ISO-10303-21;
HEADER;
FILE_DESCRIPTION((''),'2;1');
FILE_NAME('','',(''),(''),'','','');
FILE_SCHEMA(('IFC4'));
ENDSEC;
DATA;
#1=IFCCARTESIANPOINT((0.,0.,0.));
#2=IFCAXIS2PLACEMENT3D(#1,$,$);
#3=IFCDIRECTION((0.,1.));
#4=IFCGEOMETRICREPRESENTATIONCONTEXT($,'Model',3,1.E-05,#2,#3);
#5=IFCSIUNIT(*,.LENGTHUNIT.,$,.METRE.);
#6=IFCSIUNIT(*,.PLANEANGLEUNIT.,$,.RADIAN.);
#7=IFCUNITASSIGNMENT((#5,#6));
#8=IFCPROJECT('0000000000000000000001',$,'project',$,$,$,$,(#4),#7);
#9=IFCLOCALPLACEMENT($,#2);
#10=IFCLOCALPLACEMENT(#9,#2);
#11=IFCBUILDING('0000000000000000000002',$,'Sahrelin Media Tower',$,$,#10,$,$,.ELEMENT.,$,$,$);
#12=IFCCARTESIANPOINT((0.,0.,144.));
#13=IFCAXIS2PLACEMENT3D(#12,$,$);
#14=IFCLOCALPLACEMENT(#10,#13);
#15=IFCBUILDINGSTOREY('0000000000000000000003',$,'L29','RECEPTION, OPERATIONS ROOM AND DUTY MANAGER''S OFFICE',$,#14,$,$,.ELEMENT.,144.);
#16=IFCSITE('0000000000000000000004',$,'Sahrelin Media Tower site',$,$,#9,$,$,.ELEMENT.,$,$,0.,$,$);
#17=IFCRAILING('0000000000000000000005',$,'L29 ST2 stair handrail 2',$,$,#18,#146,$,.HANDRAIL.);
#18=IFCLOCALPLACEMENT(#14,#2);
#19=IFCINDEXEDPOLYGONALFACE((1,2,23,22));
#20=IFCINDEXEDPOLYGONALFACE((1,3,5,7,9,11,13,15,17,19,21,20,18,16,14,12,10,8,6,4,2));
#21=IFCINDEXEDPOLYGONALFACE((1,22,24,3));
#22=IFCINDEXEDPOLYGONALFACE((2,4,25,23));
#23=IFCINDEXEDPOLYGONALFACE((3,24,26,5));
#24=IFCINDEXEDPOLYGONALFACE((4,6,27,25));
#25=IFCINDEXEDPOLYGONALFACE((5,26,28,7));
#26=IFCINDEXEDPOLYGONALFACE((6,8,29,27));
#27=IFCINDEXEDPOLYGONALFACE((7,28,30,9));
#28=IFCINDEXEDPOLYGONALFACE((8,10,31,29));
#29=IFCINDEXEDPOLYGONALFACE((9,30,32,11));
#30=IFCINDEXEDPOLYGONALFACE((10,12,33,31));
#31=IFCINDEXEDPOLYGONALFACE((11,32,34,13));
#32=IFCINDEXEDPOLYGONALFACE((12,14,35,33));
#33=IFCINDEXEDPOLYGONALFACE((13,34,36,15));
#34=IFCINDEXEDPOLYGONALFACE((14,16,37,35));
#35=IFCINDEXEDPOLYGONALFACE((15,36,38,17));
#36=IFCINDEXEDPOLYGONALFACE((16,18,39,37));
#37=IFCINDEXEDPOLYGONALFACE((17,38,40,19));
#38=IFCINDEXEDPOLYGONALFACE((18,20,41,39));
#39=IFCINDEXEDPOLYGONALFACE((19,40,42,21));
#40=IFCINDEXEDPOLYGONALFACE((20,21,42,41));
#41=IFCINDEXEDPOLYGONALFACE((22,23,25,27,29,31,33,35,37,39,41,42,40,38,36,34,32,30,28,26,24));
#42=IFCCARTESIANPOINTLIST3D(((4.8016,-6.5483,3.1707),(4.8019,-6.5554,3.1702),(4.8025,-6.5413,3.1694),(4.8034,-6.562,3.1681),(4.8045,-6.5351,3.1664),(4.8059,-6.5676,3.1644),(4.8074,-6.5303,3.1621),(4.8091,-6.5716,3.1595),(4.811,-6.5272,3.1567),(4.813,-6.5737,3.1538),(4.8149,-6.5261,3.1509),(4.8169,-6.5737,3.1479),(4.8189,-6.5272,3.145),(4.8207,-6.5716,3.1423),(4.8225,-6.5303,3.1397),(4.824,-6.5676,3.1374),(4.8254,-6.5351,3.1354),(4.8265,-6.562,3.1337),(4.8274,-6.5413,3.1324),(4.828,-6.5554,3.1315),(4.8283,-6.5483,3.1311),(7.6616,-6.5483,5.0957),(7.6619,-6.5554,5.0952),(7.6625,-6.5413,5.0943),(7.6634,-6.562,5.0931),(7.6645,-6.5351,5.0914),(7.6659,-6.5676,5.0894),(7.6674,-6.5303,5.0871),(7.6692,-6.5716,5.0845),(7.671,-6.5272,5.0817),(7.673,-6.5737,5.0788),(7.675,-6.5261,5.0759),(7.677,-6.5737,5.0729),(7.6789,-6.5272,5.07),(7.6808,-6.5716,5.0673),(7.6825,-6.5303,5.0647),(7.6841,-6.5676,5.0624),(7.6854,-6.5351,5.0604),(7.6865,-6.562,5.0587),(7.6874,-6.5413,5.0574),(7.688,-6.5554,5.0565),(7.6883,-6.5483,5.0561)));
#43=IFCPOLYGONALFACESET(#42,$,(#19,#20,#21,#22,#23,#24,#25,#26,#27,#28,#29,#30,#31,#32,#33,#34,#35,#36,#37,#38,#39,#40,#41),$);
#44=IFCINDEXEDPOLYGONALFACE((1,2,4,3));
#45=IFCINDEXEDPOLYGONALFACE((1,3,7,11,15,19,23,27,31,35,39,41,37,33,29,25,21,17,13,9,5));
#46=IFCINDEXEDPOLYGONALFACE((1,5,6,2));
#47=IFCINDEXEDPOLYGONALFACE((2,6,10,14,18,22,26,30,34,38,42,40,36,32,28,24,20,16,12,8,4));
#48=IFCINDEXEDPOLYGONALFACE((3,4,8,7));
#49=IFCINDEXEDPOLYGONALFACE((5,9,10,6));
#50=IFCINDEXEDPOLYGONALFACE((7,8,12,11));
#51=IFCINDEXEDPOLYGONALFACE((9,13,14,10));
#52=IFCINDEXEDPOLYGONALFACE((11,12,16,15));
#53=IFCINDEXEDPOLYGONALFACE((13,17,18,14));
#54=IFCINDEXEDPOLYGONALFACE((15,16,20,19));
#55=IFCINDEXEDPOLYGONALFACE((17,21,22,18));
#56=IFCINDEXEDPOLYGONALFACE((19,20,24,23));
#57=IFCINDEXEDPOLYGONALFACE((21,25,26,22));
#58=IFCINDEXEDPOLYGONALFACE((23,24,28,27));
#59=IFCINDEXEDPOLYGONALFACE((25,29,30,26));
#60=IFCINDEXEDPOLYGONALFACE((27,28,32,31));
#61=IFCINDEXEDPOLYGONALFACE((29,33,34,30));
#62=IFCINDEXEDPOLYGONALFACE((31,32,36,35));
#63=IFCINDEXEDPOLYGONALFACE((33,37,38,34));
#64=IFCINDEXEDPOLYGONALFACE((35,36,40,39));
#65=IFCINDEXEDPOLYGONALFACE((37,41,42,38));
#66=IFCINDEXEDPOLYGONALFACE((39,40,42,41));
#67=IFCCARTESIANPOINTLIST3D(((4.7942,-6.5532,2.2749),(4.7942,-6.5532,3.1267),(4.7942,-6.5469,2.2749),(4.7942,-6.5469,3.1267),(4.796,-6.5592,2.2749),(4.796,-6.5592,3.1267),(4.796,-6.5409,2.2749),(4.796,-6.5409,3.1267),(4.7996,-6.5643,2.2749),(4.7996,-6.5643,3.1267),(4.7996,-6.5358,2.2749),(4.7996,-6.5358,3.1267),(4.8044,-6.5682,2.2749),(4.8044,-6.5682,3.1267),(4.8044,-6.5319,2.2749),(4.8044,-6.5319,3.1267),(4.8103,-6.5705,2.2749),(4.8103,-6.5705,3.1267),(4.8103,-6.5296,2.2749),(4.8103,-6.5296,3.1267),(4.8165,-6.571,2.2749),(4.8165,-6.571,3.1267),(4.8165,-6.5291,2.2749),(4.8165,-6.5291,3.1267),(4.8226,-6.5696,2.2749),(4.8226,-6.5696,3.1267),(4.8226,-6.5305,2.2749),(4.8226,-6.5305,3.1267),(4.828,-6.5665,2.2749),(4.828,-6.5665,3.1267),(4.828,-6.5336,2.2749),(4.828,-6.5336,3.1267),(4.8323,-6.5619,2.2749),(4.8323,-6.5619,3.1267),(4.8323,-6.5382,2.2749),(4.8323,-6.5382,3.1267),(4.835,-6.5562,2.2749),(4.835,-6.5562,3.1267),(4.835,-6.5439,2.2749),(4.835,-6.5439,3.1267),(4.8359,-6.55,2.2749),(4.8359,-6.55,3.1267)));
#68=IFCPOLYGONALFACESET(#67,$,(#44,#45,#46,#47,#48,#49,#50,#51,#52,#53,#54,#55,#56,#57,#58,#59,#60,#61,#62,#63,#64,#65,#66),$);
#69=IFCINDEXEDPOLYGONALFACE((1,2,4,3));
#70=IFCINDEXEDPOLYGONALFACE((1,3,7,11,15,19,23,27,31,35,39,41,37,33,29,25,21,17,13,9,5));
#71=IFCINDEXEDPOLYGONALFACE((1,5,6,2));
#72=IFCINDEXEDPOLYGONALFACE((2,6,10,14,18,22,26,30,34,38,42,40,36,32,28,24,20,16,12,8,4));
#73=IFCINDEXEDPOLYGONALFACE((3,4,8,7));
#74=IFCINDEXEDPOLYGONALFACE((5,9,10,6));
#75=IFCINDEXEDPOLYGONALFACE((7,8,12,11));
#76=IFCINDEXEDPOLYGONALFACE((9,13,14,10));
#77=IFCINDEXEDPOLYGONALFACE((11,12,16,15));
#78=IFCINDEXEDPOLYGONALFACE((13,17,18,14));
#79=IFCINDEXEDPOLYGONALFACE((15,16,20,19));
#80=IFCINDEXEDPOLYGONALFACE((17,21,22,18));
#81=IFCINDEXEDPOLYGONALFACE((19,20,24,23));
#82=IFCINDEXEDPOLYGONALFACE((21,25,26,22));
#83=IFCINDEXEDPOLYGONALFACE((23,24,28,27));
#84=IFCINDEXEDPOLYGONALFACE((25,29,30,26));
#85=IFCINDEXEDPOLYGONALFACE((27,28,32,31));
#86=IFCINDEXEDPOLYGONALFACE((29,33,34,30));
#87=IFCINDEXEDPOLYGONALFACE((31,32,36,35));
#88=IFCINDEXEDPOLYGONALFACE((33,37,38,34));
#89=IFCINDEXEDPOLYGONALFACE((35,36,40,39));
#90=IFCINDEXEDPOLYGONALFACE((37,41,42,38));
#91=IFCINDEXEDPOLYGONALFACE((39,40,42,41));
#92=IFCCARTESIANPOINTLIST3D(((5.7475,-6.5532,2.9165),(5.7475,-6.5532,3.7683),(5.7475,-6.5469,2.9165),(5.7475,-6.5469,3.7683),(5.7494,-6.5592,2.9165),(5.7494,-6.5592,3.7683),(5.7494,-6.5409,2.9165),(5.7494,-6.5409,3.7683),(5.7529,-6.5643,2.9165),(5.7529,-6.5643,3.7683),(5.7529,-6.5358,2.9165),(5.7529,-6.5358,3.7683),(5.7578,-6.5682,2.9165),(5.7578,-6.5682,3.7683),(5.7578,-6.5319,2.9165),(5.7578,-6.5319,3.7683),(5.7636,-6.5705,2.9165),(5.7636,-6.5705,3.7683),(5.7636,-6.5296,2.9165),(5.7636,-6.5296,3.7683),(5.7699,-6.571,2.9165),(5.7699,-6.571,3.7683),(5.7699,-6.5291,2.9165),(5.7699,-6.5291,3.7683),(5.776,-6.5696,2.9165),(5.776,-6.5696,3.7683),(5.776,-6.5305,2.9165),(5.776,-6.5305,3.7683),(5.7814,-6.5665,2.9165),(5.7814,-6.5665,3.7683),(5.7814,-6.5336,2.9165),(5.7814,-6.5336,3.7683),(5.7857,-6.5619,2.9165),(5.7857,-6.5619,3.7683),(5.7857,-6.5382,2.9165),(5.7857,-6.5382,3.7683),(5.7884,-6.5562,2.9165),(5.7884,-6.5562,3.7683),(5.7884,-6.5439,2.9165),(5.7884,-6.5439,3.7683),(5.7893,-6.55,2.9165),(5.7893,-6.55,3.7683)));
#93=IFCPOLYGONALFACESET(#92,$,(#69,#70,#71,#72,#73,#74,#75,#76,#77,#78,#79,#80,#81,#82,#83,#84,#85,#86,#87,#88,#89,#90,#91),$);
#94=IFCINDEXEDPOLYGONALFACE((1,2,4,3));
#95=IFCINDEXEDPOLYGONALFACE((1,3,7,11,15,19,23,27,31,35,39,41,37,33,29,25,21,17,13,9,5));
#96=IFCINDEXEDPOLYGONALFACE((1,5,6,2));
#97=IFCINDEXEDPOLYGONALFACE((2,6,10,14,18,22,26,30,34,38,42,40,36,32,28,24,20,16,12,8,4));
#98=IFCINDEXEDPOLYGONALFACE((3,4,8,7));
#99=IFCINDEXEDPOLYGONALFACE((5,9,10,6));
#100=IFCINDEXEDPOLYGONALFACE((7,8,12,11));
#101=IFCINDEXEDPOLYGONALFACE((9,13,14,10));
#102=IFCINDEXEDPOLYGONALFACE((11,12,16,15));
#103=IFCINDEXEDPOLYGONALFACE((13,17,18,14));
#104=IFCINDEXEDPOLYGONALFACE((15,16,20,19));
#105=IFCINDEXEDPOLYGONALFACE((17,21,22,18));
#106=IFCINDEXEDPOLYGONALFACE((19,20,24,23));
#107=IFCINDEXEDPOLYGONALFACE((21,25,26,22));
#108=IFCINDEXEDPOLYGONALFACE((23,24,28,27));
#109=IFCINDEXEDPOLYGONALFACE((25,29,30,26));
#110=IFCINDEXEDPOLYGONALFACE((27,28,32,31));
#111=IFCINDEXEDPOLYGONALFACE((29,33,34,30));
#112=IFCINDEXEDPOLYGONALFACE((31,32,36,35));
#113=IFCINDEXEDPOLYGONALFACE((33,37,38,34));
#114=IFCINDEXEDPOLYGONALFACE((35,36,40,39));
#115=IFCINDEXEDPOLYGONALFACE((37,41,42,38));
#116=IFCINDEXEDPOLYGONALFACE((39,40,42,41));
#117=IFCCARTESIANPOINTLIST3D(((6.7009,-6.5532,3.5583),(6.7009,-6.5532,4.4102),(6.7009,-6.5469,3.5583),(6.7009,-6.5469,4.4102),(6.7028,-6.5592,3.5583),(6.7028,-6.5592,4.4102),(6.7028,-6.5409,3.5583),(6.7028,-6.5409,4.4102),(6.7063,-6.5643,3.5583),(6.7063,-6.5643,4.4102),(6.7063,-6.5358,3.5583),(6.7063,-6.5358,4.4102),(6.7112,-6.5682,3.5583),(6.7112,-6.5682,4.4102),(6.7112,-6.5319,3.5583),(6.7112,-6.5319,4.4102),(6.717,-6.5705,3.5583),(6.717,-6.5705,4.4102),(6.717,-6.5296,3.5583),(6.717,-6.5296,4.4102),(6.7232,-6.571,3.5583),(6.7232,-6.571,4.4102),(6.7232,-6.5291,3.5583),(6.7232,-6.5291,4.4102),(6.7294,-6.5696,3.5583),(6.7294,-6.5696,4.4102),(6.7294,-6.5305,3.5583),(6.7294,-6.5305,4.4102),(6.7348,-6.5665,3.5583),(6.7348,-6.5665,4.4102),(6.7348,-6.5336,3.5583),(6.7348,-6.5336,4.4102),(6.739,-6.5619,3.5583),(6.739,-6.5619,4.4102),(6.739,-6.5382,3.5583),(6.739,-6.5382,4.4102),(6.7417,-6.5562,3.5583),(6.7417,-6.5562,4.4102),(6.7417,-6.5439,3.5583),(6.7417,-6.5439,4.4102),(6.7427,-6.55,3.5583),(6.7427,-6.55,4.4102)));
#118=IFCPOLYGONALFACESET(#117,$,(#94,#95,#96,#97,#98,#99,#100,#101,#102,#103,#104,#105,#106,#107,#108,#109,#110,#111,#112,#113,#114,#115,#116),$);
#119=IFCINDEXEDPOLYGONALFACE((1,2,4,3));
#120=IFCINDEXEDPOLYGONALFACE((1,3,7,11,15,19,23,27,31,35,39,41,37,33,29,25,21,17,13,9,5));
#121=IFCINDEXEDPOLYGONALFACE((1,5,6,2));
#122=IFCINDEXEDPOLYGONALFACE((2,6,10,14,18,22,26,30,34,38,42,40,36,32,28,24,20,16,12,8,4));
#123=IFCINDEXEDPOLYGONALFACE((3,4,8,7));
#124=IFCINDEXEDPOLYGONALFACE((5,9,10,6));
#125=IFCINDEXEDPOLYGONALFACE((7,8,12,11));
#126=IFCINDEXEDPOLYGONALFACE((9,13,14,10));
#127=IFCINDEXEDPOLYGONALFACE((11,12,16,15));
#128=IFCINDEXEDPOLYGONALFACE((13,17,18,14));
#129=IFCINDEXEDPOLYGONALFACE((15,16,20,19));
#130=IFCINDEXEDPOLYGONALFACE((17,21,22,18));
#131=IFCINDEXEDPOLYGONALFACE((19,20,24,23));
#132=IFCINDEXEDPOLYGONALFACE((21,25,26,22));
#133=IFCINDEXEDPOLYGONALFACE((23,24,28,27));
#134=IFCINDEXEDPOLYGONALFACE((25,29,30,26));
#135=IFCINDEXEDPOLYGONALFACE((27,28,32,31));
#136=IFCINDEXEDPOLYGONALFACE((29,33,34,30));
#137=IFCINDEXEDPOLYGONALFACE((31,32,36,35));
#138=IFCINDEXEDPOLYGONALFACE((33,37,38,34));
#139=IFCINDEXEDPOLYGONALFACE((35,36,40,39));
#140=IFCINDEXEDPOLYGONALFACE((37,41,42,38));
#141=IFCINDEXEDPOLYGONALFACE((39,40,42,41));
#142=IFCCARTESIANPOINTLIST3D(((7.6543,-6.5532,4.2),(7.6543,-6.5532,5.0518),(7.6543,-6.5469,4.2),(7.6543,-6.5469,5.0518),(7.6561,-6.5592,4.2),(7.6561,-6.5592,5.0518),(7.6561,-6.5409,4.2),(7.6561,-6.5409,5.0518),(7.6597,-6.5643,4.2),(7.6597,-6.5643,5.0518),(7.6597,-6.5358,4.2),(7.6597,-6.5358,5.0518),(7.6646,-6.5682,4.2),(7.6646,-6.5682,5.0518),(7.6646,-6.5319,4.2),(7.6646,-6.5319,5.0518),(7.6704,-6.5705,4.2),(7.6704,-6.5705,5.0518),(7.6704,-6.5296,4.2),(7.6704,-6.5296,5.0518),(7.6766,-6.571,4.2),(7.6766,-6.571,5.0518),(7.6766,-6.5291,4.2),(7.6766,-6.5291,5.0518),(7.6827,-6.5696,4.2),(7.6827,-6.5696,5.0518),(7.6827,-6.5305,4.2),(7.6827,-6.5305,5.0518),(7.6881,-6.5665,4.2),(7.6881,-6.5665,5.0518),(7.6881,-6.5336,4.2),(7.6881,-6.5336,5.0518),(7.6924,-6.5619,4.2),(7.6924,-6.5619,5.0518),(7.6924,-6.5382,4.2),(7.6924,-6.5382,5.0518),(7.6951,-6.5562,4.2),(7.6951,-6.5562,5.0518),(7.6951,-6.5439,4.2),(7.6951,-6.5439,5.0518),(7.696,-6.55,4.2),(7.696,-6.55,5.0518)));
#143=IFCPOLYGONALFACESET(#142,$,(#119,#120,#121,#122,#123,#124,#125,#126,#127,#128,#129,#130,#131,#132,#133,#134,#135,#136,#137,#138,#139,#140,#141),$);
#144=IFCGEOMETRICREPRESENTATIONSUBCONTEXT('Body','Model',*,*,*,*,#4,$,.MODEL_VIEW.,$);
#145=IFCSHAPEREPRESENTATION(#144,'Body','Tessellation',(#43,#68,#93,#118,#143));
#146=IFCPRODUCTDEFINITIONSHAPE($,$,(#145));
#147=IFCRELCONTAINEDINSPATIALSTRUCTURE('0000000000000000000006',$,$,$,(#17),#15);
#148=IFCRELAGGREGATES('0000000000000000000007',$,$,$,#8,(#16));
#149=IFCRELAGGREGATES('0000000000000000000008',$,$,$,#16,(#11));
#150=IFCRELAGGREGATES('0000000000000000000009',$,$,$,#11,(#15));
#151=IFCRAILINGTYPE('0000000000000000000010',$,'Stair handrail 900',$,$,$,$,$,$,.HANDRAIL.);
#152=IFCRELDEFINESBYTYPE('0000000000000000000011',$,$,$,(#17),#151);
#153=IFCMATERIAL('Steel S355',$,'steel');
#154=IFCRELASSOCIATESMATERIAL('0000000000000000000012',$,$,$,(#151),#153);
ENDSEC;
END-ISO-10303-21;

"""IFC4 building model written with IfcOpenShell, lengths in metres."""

from ifc_helpers import new_model, si_unit, direction, frame, origin, origin_2d, place, context, subcontext, project, spatial, circle, extrude, material, type_object, element, save


model = new_model("IFC4")

# Units and contexts
model_context = context("Model", 3, precision=1e-05, world=origin(), true_north=direction((0.0, 1.0)))
body_context = subcontext(model_context, "Body", "Model", "MODEL_VIEW")
ifc_project = project(units=[si_unit("LENGTHUNIT", "METRE"), si_unit("PLANEANGLEUNIT", "RADIAN")], contexts=[model_context])

# Site, building, storey
site_placement = place(None, origin())
site = spatial("IfcSite", under=ifc_project, at=site_placement, Name="Sahrelin Media Tower site", CompositionType="ELEMENT", RefElevation=0.0)
building_placement = place(site_placement, origin())
building = spatial("IfcBuilding", under=site, at=building_placement, Name="Sahrelin Media Tower", CompositionType="ELEMENT")
storey_placement = place(building_placement, frame((0.0, 0.0, 144.0)))
storey = spatial("IfcBuildingStorey", under=building, at=storey_placement, Name="L29", Description="RECEPTION, OPERATIONS ROOM AND DUTY MANAGER'S OFFICE", CompositionType="ELEMENT", Elevation=144.0)

# Shared definitions
ifc_material_1 = material(Name="Steel S355", Category="steel")

# Railing
railing_type_1 = type_object("IfcRailingType", Name="Stair handrail 900", PredefinedType="HANDRAIL", material=ifc_material_1)
railing_1_placement = place(storey_placement, frame((4.8149, -6.55, 2.2749)))
element("IfcRailing", 1, at=railing_1_placement, inside=storey, type_object=railing_type_1, Name="L29 ST2 stair handrail 2", PredefinedType="HANDRAIL", context=body_context, shape_type="SweptSolid", body=[
    extrude(circle(Radius=0.0239, at=origin_2d()), frame((0.0, 0.0, 0.876), z_axis=(0.829591, 0.0, 0.558372), x_axis=(0.0, 1.0, 0.0)), (0.0, 0.0, 1.0), 3.4475),
    extrude(circle(Radius=0.021, at=origin_2d()), origin(), (0.0, 0.0, 1.0), 0.8518),
    extrude(circle(Radius=0.021, at=origin_2d()), frame((0.9534, 0.0, 0.6416)), (0.0, 0.0, 1.0), 0.8518),
    extrude(circle(Radius=0.021, at=origin_2d()), frame((1.9067, 0.0, 1.2834)), (0.0, 0.0, 1.0), 0.8518),
    extrude(circle(Radius=0.021, at=origin_2d()), frame((2.8601, 0.0, 1.925)), (0.0, 0.0, 1.0), 0.8518),
])

save(model, "model.ifc")
